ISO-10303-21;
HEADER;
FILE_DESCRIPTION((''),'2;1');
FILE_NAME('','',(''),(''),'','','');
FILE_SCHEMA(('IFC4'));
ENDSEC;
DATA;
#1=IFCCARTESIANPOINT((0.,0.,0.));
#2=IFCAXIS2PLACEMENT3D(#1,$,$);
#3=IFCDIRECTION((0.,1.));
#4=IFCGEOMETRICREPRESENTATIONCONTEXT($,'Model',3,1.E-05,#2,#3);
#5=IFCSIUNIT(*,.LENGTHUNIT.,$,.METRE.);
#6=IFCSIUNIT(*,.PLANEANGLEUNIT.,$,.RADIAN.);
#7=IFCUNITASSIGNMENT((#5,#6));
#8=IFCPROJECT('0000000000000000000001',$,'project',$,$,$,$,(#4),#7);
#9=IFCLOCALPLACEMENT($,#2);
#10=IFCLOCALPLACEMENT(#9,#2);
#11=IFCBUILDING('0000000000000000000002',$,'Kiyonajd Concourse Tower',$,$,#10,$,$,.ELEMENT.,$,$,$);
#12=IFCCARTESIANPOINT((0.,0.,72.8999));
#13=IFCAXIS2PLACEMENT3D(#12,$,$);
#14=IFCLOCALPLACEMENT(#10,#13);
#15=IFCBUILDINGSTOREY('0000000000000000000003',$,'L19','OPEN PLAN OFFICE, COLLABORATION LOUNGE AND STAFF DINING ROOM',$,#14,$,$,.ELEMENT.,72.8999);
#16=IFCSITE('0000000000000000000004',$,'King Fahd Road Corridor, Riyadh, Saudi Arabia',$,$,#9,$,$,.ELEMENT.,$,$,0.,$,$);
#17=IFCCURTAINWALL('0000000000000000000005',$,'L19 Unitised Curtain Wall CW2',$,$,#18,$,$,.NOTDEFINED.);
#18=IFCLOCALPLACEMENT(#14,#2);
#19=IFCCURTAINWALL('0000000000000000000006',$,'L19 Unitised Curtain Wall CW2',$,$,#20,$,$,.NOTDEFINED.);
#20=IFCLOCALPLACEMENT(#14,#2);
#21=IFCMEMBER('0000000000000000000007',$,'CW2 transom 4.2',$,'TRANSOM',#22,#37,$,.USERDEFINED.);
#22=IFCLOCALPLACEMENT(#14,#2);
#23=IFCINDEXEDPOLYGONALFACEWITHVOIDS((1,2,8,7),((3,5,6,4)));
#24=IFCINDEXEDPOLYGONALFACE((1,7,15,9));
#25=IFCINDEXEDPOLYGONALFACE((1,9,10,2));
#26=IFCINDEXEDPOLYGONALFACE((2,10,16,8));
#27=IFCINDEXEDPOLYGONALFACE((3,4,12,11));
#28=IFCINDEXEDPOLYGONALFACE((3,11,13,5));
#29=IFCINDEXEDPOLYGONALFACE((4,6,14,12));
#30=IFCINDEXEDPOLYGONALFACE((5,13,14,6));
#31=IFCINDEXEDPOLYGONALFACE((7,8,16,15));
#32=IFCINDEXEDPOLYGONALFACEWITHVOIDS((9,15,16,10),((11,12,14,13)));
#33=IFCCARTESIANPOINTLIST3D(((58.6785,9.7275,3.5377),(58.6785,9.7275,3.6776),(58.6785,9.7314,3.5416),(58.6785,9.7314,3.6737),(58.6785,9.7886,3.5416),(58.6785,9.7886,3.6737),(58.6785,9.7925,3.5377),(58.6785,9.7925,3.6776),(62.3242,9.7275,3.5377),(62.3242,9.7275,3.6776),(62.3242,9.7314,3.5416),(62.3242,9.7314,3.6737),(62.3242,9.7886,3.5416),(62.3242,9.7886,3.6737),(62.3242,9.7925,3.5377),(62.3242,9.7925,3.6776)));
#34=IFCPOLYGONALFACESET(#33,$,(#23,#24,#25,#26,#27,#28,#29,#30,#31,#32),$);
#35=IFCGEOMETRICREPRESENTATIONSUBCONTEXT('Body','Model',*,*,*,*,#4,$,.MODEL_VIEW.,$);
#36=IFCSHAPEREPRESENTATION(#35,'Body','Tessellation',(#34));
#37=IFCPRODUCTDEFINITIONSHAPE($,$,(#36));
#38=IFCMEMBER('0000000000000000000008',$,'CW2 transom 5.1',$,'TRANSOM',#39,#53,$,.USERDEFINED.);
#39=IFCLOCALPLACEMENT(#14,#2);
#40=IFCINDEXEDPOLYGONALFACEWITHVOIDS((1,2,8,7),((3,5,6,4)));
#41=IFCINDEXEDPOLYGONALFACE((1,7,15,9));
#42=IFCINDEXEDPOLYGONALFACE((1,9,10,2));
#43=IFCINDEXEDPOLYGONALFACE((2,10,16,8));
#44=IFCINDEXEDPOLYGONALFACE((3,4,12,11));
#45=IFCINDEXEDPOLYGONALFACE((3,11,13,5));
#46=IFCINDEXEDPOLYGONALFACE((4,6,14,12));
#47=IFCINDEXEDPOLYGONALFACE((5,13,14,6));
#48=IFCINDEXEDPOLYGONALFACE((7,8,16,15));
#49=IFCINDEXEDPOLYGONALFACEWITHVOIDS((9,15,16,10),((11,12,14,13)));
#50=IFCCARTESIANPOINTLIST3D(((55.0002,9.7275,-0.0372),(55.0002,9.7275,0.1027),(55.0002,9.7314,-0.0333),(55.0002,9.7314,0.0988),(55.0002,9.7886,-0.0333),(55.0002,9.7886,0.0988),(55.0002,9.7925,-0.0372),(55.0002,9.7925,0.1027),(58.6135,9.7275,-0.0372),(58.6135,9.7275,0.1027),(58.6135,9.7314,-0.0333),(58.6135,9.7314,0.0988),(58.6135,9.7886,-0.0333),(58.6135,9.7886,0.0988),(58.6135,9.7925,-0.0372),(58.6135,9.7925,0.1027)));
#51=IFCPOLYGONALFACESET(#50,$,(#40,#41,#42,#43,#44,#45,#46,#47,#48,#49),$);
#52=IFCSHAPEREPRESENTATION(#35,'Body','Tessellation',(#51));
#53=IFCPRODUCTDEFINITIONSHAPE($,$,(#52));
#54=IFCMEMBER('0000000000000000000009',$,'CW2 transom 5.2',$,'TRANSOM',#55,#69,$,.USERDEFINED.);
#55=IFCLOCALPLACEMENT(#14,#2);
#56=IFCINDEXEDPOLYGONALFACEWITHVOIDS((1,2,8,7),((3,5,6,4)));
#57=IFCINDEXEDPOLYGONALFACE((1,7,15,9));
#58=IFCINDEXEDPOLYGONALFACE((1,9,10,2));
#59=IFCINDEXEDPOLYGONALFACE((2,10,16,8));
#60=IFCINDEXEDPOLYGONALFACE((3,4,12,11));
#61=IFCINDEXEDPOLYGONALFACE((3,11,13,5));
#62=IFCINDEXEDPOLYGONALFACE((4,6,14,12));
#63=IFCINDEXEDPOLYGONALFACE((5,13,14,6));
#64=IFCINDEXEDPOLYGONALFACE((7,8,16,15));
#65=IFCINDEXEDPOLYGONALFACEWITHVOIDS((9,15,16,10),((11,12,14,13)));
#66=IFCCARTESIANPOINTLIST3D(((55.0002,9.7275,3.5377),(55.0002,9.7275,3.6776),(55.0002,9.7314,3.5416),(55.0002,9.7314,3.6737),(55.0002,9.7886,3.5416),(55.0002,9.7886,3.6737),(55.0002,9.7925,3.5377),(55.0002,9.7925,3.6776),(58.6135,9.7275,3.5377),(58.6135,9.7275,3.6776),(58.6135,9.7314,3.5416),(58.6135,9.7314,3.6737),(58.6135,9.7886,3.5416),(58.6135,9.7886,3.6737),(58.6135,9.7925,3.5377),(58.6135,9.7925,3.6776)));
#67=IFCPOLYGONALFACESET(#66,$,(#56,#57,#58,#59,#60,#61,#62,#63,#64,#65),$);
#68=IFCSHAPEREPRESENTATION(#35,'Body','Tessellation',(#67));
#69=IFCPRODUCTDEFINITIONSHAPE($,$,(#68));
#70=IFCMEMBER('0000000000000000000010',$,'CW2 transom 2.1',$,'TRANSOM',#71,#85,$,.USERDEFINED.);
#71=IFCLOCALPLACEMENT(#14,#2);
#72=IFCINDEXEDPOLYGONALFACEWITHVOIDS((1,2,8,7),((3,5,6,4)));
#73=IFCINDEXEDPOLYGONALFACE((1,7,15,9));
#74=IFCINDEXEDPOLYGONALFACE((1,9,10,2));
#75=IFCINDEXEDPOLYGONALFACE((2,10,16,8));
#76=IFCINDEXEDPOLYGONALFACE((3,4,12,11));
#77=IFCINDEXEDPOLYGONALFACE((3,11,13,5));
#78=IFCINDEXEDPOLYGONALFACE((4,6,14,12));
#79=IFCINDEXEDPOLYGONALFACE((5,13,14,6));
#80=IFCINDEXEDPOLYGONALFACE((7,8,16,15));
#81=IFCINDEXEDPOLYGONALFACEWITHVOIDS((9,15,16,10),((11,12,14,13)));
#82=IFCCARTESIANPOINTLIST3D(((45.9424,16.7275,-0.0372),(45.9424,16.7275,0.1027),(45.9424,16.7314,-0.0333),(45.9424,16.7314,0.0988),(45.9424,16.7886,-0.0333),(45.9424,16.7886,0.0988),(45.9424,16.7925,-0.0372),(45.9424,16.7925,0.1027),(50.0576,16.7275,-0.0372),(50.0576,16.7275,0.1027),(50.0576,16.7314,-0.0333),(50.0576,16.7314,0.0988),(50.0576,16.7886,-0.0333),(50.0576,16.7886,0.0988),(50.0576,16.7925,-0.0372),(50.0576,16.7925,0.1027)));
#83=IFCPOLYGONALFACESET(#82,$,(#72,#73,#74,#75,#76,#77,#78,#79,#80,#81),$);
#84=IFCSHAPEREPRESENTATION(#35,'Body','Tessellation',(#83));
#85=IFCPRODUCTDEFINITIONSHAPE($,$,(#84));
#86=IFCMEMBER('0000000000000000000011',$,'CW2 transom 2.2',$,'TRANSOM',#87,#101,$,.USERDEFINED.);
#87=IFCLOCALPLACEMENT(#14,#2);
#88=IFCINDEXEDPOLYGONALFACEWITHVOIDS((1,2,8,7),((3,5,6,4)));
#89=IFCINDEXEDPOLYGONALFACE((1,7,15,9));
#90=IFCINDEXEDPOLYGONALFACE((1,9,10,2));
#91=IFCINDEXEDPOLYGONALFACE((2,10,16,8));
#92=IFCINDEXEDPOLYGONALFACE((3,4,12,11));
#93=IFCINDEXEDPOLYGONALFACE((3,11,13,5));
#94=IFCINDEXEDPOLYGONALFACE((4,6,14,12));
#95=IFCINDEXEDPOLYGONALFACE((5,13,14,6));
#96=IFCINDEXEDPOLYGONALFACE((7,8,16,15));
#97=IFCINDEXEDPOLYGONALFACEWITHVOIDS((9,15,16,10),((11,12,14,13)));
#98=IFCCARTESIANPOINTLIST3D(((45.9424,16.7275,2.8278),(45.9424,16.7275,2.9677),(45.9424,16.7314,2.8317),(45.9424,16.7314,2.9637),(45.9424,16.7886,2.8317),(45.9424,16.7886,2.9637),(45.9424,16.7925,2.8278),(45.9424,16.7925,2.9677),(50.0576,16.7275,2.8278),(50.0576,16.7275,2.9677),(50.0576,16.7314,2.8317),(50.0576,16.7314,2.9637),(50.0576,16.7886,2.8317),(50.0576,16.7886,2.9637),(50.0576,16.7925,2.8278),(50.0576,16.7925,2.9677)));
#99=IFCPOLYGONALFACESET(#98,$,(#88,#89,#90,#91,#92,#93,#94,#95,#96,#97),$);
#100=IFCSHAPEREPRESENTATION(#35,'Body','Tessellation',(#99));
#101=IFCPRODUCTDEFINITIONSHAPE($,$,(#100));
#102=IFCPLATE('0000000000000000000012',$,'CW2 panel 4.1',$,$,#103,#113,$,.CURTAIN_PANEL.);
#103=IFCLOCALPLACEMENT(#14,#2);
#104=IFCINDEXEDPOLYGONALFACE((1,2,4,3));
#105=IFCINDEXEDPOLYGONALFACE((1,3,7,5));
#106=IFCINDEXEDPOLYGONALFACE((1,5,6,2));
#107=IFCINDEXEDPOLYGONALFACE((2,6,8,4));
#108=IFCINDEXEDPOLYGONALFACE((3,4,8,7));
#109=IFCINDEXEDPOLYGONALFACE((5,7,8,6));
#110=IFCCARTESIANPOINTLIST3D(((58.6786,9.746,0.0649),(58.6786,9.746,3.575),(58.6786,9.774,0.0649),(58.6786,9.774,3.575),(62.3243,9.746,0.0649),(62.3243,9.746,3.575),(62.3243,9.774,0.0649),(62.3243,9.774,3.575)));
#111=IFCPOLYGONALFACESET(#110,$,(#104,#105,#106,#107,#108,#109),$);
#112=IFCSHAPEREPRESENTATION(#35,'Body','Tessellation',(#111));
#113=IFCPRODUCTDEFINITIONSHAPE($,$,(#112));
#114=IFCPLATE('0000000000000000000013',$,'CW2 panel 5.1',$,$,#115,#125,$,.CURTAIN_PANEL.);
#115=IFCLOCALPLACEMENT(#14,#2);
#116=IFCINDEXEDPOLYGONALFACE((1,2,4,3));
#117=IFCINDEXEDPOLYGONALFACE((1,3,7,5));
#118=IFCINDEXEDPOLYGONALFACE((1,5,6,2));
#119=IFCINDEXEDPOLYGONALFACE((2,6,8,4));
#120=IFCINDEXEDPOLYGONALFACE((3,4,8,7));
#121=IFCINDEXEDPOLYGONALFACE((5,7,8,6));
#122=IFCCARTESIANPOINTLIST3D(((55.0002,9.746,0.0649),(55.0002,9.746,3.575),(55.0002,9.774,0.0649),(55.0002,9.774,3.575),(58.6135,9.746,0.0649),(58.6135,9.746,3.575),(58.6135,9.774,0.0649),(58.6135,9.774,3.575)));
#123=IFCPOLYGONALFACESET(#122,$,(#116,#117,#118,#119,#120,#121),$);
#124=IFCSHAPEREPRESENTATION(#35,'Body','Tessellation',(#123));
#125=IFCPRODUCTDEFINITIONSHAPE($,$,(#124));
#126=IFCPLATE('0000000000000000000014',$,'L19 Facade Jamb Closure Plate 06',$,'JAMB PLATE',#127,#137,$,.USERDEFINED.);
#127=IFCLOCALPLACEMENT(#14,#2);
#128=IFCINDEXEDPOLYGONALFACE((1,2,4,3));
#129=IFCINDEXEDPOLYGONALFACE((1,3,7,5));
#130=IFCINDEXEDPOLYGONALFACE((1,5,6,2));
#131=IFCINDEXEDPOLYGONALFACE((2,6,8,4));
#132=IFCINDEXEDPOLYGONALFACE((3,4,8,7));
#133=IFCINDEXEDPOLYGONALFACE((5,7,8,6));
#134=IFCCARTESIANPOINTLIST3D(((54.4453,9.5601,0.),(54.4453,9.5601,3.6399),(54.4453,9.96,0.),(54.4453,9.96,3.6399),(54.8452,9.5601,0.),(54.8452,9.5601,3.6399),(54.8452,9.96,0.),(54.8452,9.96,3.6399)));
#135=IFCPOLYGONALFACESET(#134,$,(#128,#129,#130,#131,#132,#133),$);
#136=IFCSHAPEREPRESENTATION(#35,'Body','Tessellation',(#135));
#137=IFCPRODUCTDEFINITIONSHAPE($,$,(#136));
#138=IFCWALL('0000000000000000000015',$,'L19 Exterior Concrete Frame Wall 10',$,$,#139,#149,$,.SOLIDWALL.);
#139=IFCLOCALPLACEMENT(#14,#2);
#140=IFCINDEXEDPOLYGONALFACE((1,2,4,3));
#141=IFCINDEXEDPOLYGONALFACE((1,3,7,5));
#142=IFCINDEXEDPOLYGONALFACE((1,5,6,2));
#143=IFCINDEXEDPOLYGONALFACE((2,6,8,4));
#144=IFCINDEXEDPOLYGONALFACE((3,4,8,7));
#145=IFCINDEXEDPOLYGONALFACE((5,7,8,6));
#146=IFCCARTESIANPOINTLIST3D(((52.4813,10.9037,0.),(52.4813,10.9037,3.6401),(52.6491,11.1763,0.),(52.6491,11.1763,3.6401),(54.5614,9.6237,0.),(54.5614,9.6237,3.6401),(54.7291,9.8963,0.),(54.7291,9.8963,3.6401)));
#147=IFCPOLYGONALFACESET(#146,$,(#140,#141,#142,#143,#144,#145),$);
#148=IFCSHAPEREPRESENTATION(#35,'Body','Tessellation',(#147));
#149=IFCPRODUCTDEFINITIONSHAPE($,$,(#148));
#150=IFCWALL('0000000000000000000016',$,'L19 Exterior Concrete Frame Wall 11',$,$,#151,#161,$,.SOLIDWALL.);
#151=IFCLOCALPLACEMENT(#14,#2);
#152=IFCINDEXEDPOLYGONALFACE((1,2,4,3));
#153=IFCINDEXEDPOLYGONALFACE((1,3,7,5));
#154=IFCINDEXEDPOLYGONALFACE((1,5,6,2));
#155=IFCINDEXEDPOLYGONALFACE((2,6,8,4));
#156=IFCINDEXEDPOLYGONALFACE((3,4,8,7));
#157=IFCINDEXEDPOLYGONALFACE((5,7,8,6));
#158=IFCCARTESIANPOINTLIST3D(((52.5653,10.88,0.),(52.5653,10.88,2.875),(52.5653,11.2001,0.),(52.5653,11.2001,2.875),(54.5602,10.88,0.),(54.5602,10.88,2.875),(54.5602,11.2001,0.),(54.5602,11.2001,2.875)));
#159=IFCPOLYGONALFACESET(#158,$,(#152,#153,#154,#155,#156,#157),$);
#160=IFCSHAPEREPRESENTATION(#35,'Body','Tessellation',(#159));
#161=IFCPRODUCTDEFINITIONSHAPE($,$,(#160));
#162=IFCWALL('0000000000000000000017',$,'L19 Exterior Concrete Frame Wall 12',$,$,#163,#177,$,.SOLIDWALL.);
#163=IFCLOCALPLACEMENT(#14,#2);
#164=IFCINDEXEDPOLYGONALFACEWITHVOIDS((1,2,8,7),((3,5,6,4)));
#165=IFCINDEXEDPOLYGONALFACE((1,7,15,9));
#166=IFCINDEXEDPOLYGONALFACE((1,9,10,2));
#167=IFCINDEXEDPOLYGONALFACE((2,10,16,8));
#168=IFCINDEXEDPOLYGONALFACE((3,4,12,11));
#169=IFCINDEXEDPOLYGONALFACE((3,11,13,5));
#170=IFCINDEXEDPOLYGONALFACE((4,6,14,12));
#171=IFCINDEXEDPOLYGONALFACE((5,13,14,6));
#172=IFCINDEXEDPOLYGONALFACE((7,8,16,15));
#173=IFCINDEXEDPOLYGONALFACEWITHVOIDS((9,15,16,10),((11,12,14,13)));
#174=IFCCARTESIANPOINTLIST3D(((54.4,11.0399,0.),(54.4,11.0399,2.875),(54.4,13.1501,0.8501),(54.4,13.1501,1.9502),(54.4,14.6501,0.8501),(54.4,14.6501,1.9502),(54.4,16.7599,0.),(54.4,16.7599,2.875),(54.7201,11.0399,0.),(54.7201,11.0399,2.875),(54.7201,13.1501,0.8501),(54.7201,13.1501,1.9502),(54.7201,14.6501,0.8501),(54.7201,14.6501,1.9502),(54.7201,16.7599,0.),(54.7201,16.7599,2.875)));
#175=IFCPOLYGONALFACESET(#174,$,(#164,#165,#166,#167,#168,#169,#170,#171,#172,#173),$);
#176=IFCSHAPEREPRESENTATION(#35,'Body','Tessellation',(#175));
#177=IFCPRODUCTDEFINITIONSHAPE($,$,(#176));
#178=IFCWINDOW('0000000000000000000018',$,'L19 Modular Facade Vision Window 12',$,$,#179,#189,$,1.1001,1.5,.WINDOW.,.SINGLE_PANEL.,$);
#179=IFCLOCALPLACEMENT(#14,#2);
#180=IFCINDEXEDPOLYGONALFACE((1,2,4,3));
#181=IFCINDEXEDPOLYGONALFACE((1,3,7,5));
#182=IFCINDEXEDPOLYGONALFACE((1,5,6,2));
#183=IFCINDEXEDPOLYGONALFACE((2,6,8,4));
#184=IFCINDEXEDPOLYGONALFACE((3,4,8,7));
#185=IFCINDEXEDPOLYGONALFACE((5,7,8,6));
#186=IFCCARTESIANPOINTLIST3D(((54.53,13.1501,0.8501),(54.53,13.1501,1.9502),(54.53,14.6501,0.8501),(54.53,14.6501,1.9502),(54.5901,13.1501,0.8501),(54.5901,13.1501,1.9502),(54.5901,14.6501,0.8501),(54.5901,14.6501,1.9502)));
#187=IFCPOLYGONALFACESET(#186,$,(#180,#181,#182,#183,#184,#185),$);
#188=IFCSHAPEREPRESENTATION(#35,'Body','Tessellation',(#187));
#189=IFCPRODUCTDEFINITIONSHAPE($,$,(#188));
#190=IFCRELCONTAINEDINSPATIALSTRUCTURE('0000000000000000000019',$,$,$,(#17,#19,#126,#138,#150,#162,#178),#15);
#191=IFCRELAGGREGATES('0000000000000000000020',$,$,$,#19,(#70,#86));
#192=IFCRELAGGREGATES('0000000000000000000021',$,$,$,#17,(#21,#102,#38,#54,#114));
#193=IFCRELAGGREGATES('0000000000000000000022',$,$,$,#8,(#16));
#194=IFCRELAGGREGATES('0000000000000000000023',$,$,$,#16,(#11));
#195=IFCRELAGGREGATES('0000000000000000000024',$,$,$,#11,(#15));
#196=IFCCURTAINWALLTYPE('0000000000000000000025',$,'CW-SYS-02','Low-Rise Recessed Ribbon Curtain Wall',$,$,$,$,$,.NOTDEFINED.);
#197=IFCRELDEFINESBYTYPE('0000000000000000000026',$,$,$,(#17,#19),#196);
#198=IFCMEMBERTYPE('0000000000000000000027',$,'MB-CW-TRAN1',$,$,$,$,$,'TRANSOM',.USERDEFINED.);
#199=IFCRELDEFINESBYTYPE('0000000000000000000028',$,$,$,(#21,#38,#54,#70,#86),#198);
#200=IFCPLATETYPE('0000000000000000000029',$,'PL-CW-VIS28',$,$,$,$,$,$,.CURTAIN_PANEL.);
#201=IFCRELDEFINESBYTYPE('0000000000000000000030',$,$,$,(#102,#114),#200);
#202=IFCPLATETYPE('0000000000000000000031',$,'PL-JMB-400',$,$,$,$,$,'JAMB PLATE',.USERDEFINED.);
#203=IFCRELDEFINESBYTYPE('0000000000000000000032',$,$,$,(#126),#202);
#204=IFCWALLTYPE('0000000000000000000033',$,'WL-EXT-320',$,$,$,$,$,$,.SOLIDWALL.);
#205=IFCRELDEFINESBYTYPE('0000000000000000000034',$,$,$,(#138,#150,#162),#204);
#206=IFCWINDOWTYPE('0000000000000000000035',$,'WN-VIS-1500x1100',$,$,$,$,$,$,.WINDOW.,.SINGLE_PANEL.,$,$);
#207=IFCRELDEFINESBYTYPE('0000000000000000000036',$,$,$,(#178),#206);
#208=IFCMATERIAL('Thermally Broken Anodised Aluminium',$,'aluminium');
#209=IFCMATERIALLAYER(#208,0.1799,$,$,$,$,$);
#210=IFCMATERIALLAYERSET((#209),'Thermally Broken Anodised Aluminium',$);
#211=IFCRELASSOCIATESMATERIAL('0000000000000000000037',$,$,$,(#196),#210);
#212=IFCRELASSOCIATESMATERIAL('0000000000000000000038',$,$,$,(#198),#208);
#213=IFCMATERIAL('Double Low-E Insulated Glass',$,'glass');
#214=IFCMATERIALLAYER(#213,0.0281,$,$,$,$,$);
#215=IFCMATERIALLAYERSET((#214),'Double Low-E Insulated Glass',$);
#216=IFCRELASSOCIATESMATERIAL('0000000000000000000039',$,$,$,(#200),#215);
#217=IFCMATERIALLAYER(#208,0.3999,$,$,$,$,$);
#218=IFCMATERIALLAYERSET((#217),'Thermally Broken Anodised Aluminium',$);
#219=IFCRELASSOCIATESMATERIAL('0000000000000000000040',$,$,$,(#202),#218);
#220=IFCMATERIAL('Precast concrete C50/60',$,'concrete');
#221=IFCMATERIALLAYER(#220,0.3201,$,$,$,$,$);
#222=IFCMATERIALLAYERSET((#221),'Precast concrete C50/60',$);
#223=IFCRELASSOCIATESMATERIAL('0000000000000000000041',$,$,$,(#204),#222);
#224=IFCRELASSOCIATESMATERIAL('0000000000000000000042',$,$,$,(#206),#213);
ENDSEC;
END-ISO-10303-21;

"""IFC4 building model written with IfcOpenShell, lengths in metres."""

from ifc_helpers import new_model, si_unit, direction, frame, frame_2d, origin, origin_2d, place, context, subcontext, project, spatial, rectangle, hollow_rectangle, extrude, material, layer, layer_set, material_profile, profile_set, type_object, element, fill, aggregate, save


model = new_model("IFC4")

# Units and contexts
model_context = context("Model", 3, precision=1e-05, world=origin(), true_north=direction((0.0, 1.0)))
body_context = subcontext(model_context, "Body", "Model", "MODEL_VIEW")
ifc_project = project(units=[si_unit("LENGTHUNIT", "METRE"), si_unit("PLANEANGLEUNIT", "RADIAN")], contexts=[model_context])

# Site, building, storey
site_placement = place(None, origin())
site = spatial("IfcSite", under=ifc_project, at=site_placement, Name="King Fahd Road Corridor, Riyadh, Saudi Arabia", CompositionType="ELEMENT", RefElevation=0.0)
building_placement = place(site_placement, origin())
building = spatial("IfcBuilding", under=site, at=building_placement, Name="Kiyonajd Concourse Tower", CompositionType="ELEMENT")
storey_placement = place(building_placement, frame((0.0, 0.0, 72.8999)))
storey = spatial("IfcBuildingStorey", under=building, at=storey_placement, Name="L19", Description="OPEN PLAN OFFICE, COLLABORATION LOUNGE AND STAFF DINING ROOM", CompositionType="ELEMENT", Elevation=72.8999)

# Shared definitions
ifc_material_1 = material(Name="Precast concrete C50/60", Category="concrete")

# Curtain wall
ifc_material_2 = material(Name="Thermally Broken Anodised Aluminium", Category="aluminium")
ifc_layer_1 = layer(ifc_material_2, 0.1799)
ifc_layer_set_1 = layer_set([ifc_layer_1], Name="Thermally Broken Anodised Aluminium")
curtain_wall_type = type_object("IfcCurtainWallType", Name="CW-SYS-02", Description="Low-Rise Recessed Ribbon Curtain Wall", PredefinedType="NOTDEFINED", material=ifc_layer_set_1)
curtain_wall_1_placement = place(storey_placement, origin())
curtain_wall_1 = element("IfcCurtainWall", 1, at=curtain_wall_1_placement, inside=storey, type_object=curtain_wall_type, Name="L19 Unitised Curtain Wall CW2", PredefinedType="NOTDEFINED")

# Curtain wall
curtain_wall_2_placement = place(storey_placement, origin())
curtain_wall_2 = element("IfcCurtainWall", 2, at=curtain_wall_2_placement, inside=storey, type_object=curtain_wall_type, Name="L19 Unitised Curtain Wall CW2", PredefinedType="NOTDEFINED")

# Members
ifc_material_profile_1 = material_profile(ifc_material_2, hollow_rectangle(XDim=0.0649, YDim=0.1399, WallThickness=0.0039, at=origin_2d()), Name="TRAN-65x140")
ifc_profile_set_1 = profile_set([ifc_material_profile_1], Name="Thermally Broken Anodised Aluminium")
member_type_1 = type_object("IfcMemberType", Name="MB-CW-TRAN1", ElementType="TRANSOM", PredefinedType="USERDEFINED", material=ifc_profile_set_1)
member_1_placement = place(storey_placement, frame((62.3242, 9.76, 3.6077), z_axis=(-1.0, 0.0, 0.0), x_axis=(0.0, -1.0, 0.0)))
member_1 = element("IfcMember", 3, at=member_1_placement, type_object=member_type_1, Name="CW2 transom 4.2", ObjectType="TRANSOM", PredefinedType="USERDEFINED", context=body_context, shape_type="SweptSolid", body=[
    extrude(hollow_rectangle(XDim=0.0649, YDim=0.1399, WallThickness=0.0039, at=origin_2d()), origin(), (0.0, 0.0, 1.0), 3.6458),
])
member_2_placement = place(storey_placement, frame((58.6135, 9.76, 0.0327), z_axis=(-1.0, 0.0, 0.0), x_axis=(0.0, -1.0, 0.0)))
member_2 = element("IfcMember", 4, at=member_2_placement, type_object=member_type_1, Name="CW2 transom 5.1", ObjectType="TRANSOM", PredefinedType="USERDEFINED", context=body_context, shape_type="SweptSolid", body=[
    extrude(hollow_rectangle(XDim=0.0649, YDim=0.1399, WallThickness=0.0039, at=origin_2d()), origin(), (0.0, 0.0, 1.0), 3.6133),
])
member_3_placement = place(storey_placement, frame((58.6135, 9.76, 3.6077), z_axis=(-1.0, 0.0, 0.0), x_axis=(0.0, -1.0, 0.0)))
member_3 = element("IfcMember", 5, at=member_3_placement, type_object=member_type_1, Name="CW2 transom 5.2", ObjectType="TRANSOM", PredefinedType="USERDEFINED", context=body_context, shape_type="SweptSolid", body=[
    extrude(hollow_rectangle(XDim=0.0649, YDim=0.1399, WallThickness=0.0039, at=origin_2d()), origin(), (0.0, 0.0, 1.0), 3.6133),
])
member_4_placement = place(storey_placement, frame((50.0576, 16.76, 0.0327), z_axis=(-1.0, 0.0, 0.0), x_axis=(0.0, -1.0, 0.0)))
member_4 = element("IfcMember", 6, at=member_4_placement, type_object=member_type_1, Name="CW2 transom 2.1", ObjectType="TRANSOM", PredefinedType="USERDEFINED", context=body_context, shape_type="SweptSolid", body=[
    extrude(hollow_rectangle(XDim=0.0649, YDim=0.1399, WallThickness=0.0039, at=origin_2d()), origin(), (0.0, 0.0, 1.0), 4.1152),
])
member_5_placement = place(storey_placement, frame((50.0576, 16.76, 2.8977), z_axis=(-1.0, 0.0, 0.0), x_axis=(0.0, -1.0, 0.0)))
member_5 = element("IfcMember", 7, at=member_5_placement, type_object=member_type_1, Name="CW2 transom 2.2", ObjectType="TRANSOM", PredefinedType="USERDEFINED", context=body_context, shape_type="SweptSolid", body=[
    extrude(hollow_rectangle(XDim=0.0649, YDim=0.1399, WallThickness=0.0039, at=origin_2d()), origin(), (0.0, 0.0, 1.0), 4.1152),
])
aggregate(curtain_wall_2, [member_4, member_5])

# Plates
ifc_material_3 = material(Name="Double Low-E Insulated Glass", Category="glass")
ifc_layer_2 = layer(ifc_material_3, 0.0281)
ifc_layer_set_2 = layer_set([ifc_layer_2], Name="Double Low-E Insulated Glass")
plate_type_1 = type_object("IfcPlateType", Name="PL-CW-VIS28", PredefinedType="CURTAIN_PANEL", material=ifc_layer_set_2)
plate_1_placement = place(storey_placement, frame((60.5015, 9.76, 0.0649), z_axis=(0.0, 0.0, 1.0), x_axis=(-1.0, 0.0, 0.0)))
plate_1 = element("IfcPlate", 8, at=plate_1_placement, type_object=plate_type_1, Name="CW2 panel 4.1", PredefinedType="CURTAIN_PANEL", context=body_context, shape_type="SweptSolid", body=[
    extrude(rectangle(XDim=3.6458, YDim=0.0281, at=origin_2d()), origin(), (0.0, 0.0, 1.0), 3.51),
])
plate_2_placement = place(storey_placement, frame((56.8069, 9.76, 0.0649), z_axis=(0.0, 0.0, 1.0), x_axis=(-1.0, 0.0, 0.0)))
plate_2 = element("IfcPlate", 9, at=plate_2_placement, type_object=plate_type_1, Name="CW2 panel 5.1", PredefinedType="CURTAIN_PANEL", context=body_context, shape_type="SweptSolid", body=[
    extrude(rectangle(XDim=3.6133, YDim=0.0281, at=origin_2d()), origin(), (0.0, 0.0, 1.0), 3.51),
])
aggregate(curtain_wall_1, [member_1, plate_1, member_2, member_3, plate_2])
ifc_layer_3 = layer(ifc_material_2, 0.3999)
ifc_layer_set_3 = layer_set([ifc_layer_3], Name="Thermally Broken Anodised Aluminium")
plate_type_2 = type_object("IfcPlateType", Name="PL-JMB-400", ElementType="JAMB PLATE", PredefinedType="USERDEFINED", material=ifc_layer_set_3)
plate_3_placement = place(storey_placement, frame((54.6453, 9.76, 0.0), z_axis=(0.0, 0.0, 1.0), x_axis=(1.0, 0.0, 0.0)))
element("IfcPlate", 10, at=plate_3_placement, inside=storey, type_object=plate_type_2, Name="L19 Facade Jamb Closure Plate 06", ObjectType="JAMB PLATE", PredefinedType="USERDEFINED", context=body_context, shape_type="SweptSolid", body=[
    extrude(rectangle(XDim=0.3999, YDim=0.3999, at=origin_2d()), origin(), (0.0, 0.0, 1.0), 3.6399),
])

# Walls
ifc_layer_4 = layer(ifc_material_1, 0.3201)
ifc_layer_set_4 = layer_set([ifc_layer_4], Name="Precast concrete C50/60")
wall_type_1 = type_object("IfcWallType", Name="WL-EXT-320", PredefinedType="SOLIDWALL", material=ifc_layer_set_4)
wall_1_placement = place(storey_placement, frame((54.6453, 9.76, 0.0), z_axis=(0.0, 0.0, 1.0), x_axis=(-0.851662, 0.524092, 0.0)))
element("IfcWall", 11, at=wall_1_placement, inside=storey, type_object=wall_type_1, Name="L19 Exterior Concrete Frame Wall 10", PredefinedType="SOLIDWALL", context=body_context, shape_type="SweptSolid", body=[
    extrude(rectangle(XDim=2.4424, YDim=0.3201, at=frame_2d((1.2212, 0.0))), origin(), (0.0, 0.0, 1.0), 3.6401),
])
wall_2_placement = place(storey_placement, frame((52.5652, 11.04, 0.0), z_axis=(0.0, 0.0, 1.0), x_axis=(1.0, 0.0, 0.0)))
element("IfcWall", 12, at=wall_2_placement, inside=storey, type_object=wall_type_1, Name="L19 Exterior Concrete Frame Wall 11", PredefinedType="SOLIDWALL", context=body_context, shape_type="SweptSolid", body=[
    extrude(rectangle(XDim=1.9949, YDim=0.3201, at=frame_2d((0.9976, 0.0))), origin(), (0.0, 0.0, 1.0), 2.875),
])

# Wall, opening, window
wall_3_placement = place(storey_placement, frame((54.5601, 11.04, 0.0), z_axis=(0.0, 0.0, 1.0), x_axis=(0.0, 1.0, 0.0)))
wall_3 = element("IfcWall", 13, at=wall_3_placement, inside=storey, type_object=wall_type_1, Name="L19 Exterior Concrete Frame Wall 12", PredefinedType="SOLIDWALL", context=body_context, shape_type="SweptSolid", body=[
    extrude(rectangle(XDim=5.72, YDim=0.3201, at=frame_2d((2.8599, 0.0))), origin(), (0.0, 0.0, 1.0), 2.875),
])
opening_placement = place(wall_3_placement, frame((2.1101, 0.0, 0.8501)))
opening = element("IfcOpeningElement", 14, at=opening_placement, cuts=wall_3, PredefinedType="OPENING", context=body_context, shape_type="SweptSolid", body=[
    extrude(rectangle(XDim=1.5, YDim=1.1001, at=frame_2d((0.75, 0.55))), frame((0.0, 0.1699, 0.0), z_axis=(0.0, -1.0, 0.0), x_axis=(1.0, 0.0, 0.0)), (0.0, 0.0, 1.0), 0.3401),
])
window_type = type_object("IfcWindowType", Name="WN-VIS-1500x1100", PartitioningType="SINGLE_PANEL", PredefinedType="WINDOW", material=ifc_material_3)
window_placement = place(opening_placement, origin())
window = element("IfcWindow", 15, at=window_placement, inside=storey, type_object=window_type, Name="L19 Modular Facade Vision Window 12", OverallHeight=1.1001, OverallWidth=1.5, PartitioningType="SINGLE_PANEL", PredefinedType="WINDOW", context=body_context, shape_type="SweptSolid", body=[
    extrude(rectangle(XDim=1.5, YDim=1.1001, at=frame_2d((0.75, 0.55))), frame((0.0, 0.03, 0.0), z_axis=(0.0, -1.0, 0.0), x_axis=(1.0, 0.0, 0.0)), (0.0, 0.0, 1.0), 0.0601),
])
fill(opening, window)

save(model, "model.ifc")
